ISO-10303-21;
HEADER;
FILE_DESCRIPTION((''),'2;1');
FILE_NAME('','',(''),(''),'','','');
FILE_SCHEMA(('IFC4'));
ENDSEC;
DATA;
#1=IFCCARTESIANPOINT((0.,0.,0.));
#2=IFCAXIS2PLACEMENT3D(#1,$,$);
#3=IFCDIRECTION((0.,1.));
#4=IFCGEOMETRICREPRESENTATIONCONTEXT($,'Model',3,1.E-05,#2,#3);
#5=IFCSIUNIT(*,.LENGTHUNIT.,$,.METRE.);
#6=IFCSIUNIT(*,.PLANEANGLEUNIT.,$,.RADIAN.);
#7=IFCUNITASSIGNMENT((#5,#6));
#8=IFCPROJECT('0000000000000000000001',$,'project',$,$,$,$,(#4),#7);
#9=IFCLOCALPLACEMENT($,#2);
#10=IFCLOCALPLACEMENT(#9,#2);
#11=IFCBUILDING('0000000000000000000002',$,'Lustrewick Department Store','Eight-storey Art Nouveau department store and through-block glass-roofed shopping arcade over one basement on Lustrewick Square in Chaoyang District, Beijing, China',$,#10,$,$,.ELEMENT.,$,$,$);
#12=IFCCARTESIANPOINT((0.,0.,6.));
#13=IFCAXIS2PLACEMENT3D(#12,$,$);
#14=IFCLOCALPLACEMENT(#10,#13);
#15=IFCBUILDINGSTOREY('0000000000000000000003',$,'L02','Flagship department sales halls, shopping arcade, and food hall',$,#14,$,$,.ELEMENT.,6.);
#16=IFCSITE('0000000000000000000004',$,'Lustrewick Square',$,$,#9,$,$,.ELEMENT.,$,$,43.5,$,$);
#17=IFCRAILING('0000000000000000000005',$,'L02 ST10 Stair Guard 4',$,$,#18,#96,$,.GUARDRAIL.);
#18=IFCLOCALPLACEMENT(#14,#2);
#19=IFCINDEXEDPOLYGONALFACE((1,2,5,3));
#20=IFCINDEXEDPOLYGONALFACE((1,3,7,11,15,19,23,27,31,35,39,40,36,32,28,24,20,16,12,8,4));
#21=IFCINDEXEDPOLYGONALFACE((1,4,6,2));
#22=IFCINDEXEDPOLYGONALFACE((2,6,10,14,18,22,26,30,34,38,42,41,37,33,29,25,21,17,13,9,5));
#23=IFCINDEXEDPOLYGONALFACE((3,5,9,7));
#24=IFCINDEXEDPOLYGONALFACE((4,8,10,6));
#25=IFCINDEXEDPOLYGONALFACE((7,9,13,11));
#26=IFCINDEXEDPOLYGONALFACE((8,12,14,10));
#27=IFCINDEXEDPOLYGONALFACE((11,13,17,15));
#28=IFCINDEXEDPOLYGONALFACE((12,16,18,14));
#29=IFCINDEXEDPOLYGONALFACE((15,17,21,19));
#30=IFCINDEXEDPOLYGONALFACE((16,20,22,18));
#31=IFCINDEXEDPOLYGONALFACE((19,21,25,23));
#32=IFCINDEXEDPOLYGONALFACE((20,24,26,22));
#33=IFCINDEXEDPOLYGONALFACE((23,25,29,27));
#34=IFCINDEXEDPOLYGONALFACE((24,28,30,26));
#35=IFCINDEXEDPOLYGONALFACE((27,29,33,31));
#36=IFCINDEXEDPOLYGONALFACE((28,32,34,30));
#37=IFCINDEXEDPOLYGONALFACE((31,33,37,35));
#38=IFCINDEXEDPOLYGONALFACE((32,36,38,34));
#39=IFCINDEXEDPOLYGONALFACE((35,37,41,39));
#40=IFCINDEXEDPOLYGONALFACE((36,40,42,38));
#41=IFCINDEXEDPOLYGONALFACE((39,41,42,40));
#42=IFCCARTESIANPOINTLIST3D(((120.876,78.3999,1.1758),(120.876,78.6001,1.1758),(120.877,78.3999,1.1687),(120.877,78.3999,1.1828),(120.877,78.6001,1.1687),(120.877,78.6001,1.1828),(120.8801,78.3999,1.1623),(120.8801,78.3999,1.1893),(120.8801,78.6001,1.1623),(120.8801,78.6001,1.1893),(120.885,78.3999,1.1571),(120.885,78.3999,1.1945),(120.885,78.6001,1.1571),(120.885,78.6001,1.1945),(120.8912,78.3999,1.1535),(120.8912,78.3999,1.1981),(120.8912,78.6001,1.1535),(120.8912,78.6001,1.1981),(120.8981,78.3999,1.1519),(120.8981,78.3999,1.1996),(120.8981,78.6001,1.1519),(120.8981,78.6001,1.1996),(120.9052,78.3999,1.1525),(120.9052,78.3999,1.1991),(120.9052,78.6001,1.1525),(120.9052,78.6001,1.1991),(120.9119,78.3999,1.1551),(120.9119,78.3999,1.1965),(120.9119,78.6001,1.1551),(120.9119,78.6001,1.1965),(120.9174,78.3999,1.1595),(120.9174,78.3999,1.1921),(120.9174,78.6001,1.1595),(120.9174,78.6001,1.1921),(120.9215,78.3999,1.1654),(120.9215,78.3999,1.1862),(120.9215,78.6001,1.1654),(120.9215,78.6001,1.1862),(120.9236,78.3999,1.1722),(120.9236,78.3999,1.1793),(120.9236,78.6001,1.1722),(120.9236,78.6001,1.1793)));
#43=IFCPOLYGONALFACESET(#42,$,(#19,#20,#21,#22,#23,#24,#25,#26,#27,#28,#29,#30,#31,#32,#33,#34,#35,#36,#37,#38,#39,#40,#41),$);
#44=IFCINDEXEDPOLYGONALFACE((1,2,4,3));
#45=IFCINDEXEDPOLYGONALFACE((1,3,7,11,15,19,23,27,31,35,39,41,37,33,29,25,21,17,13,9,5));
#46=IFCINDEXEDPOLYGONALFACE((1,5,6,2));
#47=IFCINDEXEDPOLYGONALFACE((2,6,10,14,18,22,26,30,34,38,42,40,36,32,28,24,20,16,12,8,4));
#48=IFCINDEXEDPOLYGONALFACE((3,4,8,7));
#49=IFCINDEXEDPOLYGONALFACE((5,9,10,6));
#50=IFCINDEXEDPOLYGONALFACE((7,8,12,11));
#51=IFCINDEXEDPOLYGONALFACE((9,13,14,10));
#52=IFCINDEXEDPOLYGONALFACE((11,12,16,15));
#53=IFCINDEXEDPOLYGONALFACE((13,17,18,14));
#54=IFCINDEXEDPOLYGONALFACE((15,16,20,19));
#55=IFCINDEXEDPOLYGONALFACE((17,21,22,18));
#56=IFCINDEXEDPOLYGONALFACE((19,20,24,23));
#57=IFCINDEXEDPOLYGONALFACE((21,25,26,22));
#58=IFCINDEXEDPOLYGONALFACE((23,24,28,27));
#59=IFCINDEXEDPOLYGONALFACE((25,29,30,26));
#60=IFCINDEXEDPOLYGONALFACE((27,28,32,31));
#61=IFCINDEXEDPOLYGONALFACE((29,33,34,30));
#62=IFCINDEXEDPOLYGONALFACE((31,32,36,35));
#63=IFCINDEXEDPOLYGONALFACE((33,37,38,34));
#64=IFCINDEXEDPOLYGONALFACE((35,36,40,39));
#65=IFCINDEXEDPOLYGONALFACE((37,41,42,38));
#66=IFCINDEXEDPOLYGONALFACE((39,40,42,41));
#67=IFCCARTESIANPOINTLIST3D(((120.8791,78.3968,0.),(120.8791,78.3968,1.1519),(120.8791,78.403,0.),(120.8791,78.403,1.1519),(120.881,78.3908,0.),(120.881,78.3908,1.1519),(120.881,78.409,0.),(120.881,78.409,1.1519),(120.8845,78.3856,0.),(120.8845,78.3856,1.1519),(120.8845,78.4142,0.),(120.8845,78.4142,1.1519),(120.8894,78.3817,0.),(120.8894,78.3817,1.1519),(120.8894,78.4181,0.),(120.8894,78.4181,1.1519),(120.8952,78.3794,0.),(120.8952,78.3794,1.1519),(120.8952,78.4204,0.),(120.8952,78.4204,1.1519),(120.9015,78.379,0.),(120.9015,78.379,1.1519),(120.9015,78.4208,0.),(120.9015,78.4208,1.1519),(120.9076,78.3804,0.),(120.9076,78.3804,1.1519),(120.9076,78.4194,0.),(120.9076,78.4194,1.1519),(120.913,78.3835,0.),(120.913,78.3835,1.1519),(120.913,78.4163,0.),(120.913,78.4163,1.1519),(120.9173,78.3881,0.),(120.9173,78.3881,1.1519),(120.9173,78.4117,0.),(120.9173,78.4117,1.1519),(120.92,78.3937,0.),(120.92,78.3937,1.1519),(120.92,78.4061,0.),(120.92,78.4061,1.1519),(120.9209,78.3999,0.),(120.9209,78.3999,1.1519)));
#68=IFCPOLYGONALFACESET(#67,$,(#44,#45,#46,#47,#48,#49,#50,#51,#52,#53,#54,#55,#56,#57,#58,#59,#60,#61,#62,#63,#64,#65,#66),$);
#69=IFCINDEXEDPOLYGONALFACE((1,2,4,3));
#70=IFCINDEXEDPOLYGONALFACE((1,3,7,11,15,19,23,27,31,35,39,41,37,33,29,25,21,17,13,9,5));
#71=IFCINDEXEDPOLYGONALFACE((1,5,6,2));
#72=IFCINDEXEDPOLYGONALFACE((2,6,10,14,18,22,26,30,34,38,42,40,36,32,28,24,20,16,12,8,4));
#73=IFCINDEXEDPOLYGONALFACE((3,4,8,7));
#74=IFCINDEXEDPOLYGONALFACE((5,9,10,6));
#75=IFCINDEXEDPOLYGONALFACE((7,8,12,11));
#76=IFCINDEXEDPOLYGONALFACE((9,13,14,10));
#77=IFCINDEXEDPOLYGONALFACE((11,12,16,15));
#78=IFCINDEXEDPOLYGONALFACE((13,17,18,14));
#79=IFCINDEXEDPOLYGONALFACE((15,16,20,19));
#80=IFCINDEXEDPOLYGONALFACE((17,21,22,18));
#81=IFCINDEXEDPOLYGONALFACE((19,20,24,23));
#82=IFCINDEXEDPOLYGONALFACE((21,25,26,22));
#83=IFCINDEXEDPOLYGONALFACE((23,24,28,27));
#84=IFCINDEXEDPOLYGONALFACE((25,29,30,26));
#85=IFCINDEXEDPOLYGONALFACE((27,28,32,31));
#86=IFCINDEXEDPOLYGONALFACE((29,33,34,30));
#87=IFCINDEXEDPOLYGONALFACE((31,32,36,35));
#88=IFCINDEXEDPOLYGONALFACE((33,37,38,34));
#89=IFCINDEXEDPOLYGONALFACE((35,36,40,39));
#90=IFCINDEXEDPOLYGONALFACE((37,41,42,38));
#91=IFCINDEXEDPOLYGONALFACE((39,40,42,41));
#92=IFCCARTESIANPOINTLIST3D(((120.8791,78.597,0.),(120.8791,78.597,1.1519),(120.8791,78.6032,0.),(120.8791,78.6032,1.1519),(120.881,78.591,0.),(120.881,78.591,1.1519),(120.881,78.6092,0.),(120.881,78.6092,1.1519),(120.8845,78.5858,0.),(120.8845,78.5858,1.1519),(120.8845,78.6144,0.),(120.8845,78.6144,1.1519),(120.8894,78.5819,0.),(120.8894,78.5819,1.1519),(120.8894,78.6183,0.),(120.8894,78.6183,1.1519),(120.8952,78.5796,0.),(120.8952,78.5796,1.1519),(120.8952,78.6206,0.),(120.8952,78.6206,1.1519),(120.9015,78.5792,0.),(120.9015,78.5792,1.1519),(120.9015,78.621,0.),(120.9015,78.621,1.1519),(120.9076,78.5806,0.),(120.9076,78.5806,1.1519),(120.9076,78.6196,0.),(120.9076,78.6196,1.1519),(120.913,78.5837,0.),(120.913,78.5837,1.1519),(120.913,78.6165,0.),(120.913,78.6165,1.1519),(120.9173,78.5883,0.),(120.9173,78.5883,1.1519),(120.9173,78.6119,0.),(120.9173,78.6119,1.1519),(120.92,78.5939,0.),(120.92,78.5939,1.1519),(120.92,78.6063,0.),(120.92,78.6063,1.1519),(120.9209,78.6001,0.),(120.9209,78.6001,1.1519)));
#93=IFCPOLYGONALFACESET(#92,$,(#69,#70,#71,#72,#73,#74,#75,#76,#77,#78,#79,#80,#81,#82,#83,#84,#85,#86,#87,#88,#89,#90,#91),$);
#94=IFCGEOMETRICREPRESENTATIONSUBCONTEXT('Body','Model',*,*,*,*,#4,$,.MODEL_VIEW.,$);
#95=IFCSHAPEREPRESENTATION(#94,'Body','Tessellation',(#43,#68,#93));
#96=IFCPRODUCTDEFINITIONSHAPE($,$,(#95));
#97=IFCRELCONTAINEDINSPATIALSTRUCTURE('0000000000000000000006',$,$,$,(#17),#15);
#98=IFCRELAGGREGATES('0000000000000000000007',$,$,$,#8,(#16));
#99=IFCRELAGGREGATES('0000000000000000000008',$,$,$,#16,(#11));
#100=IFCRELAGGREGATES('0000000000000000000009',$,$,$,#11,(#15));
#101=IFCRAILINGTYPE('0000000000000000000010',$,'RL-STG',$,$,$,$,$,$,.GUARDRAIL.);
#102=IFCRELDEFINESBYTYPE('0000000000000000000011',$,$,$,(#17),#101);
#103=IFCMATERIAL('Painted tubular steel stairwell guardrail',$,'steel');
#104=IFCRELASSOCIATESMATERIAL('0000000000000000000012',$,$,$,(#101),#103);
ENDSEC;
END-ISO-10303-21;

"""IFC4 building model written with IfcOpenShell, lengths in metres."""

from ifc_helpers import new_model, si_unit, direction, frame, origin, origin_2d, place, context, subcontext, project, spatial, circle, extrude, material, type_object, element, save


model = new_model("IFC4")

# Units and contexts
model_context = context("Model", 3, precision=1e-05, world=origin(), true_north=direction((0.0, 1.0)))
body_context = subcontext(model_context, "Body", "Model", "MODEL_VIEW")
ifc_project = project(units=[si_unit("LENGTHUNIT", "METRE"), si_unit("PLANEANGLEUNIT", "RADIAN")], contexts=[model_context])

# Site, building, storey
site_placement = place(None, origin())
site = spatial("IfcSite", under=ifc_project, at=site_placement, Name="Lustrewick Square", CompositionType="ELEMENT", RefElevation=43.5)
building_placement = place(site_placement, origin())
building = spatial("IfcBuilding", under=site, at=building_placement, Name="Lustrewick Department Store", Description="Eight-storey Art Nouveau department store and through-block glass-roofed shopping arcade over one basement on Lustrewick Square in Chaoyang District, Beijing, China", CompositionType="ELEMENT")
storey_placement = place(building_placement, frame((0.0, 0.0, 6.0)))
storey = spatial("IfcBuildingStorey", under=building, at=storey_placement, Name="L02", Description="Flagship department sales halls, shopping arcade, and food hall", CompositionType="ELEMENT", Elevation=6.0)

# Railing
ifc_material_1 = material(Name="Painted tubular steel stairwell guardrail", Category="steel")
railing_type_1 = type_object("IfcRailingType", Name="RL-STG", PredefinedType="GUARDRAIL", material=ifc_material_1)
railing_1_placement = place(storey_placement, frame((120.8999, 78.3999, 0.0)))
element("IfcRailing", 1, at=railing_1_placement, inside=storey, type_object=railing_type_1, Name="L02 ST10 Stair Guard 4", PredefinedType="GUARDRAIL", context=body_context, shape_type="SweptSolid", body=[
    extrude(circle(Radius=0.0239, at=origin_2d()), frame((0.0, 0.0, 1.1758), z_axis=(0.0, 1.0, 0.0), x_axis=(-1.0, 0.0, 0.0)), (0.0, 0.0, 1.0), 0.2002),
    extrude(circle(Radius=0.021, at=origin_2d()), origin(), (0.0, 0.0, 1.0), 1.1519),
    extrude(circle(Radius=0.021, at=origin_2d()), frame((0.0, 0.2002, 0.0)), (0.0, 0.0, 1.0), 1.1519),
])

save(model, "model.ifc")
